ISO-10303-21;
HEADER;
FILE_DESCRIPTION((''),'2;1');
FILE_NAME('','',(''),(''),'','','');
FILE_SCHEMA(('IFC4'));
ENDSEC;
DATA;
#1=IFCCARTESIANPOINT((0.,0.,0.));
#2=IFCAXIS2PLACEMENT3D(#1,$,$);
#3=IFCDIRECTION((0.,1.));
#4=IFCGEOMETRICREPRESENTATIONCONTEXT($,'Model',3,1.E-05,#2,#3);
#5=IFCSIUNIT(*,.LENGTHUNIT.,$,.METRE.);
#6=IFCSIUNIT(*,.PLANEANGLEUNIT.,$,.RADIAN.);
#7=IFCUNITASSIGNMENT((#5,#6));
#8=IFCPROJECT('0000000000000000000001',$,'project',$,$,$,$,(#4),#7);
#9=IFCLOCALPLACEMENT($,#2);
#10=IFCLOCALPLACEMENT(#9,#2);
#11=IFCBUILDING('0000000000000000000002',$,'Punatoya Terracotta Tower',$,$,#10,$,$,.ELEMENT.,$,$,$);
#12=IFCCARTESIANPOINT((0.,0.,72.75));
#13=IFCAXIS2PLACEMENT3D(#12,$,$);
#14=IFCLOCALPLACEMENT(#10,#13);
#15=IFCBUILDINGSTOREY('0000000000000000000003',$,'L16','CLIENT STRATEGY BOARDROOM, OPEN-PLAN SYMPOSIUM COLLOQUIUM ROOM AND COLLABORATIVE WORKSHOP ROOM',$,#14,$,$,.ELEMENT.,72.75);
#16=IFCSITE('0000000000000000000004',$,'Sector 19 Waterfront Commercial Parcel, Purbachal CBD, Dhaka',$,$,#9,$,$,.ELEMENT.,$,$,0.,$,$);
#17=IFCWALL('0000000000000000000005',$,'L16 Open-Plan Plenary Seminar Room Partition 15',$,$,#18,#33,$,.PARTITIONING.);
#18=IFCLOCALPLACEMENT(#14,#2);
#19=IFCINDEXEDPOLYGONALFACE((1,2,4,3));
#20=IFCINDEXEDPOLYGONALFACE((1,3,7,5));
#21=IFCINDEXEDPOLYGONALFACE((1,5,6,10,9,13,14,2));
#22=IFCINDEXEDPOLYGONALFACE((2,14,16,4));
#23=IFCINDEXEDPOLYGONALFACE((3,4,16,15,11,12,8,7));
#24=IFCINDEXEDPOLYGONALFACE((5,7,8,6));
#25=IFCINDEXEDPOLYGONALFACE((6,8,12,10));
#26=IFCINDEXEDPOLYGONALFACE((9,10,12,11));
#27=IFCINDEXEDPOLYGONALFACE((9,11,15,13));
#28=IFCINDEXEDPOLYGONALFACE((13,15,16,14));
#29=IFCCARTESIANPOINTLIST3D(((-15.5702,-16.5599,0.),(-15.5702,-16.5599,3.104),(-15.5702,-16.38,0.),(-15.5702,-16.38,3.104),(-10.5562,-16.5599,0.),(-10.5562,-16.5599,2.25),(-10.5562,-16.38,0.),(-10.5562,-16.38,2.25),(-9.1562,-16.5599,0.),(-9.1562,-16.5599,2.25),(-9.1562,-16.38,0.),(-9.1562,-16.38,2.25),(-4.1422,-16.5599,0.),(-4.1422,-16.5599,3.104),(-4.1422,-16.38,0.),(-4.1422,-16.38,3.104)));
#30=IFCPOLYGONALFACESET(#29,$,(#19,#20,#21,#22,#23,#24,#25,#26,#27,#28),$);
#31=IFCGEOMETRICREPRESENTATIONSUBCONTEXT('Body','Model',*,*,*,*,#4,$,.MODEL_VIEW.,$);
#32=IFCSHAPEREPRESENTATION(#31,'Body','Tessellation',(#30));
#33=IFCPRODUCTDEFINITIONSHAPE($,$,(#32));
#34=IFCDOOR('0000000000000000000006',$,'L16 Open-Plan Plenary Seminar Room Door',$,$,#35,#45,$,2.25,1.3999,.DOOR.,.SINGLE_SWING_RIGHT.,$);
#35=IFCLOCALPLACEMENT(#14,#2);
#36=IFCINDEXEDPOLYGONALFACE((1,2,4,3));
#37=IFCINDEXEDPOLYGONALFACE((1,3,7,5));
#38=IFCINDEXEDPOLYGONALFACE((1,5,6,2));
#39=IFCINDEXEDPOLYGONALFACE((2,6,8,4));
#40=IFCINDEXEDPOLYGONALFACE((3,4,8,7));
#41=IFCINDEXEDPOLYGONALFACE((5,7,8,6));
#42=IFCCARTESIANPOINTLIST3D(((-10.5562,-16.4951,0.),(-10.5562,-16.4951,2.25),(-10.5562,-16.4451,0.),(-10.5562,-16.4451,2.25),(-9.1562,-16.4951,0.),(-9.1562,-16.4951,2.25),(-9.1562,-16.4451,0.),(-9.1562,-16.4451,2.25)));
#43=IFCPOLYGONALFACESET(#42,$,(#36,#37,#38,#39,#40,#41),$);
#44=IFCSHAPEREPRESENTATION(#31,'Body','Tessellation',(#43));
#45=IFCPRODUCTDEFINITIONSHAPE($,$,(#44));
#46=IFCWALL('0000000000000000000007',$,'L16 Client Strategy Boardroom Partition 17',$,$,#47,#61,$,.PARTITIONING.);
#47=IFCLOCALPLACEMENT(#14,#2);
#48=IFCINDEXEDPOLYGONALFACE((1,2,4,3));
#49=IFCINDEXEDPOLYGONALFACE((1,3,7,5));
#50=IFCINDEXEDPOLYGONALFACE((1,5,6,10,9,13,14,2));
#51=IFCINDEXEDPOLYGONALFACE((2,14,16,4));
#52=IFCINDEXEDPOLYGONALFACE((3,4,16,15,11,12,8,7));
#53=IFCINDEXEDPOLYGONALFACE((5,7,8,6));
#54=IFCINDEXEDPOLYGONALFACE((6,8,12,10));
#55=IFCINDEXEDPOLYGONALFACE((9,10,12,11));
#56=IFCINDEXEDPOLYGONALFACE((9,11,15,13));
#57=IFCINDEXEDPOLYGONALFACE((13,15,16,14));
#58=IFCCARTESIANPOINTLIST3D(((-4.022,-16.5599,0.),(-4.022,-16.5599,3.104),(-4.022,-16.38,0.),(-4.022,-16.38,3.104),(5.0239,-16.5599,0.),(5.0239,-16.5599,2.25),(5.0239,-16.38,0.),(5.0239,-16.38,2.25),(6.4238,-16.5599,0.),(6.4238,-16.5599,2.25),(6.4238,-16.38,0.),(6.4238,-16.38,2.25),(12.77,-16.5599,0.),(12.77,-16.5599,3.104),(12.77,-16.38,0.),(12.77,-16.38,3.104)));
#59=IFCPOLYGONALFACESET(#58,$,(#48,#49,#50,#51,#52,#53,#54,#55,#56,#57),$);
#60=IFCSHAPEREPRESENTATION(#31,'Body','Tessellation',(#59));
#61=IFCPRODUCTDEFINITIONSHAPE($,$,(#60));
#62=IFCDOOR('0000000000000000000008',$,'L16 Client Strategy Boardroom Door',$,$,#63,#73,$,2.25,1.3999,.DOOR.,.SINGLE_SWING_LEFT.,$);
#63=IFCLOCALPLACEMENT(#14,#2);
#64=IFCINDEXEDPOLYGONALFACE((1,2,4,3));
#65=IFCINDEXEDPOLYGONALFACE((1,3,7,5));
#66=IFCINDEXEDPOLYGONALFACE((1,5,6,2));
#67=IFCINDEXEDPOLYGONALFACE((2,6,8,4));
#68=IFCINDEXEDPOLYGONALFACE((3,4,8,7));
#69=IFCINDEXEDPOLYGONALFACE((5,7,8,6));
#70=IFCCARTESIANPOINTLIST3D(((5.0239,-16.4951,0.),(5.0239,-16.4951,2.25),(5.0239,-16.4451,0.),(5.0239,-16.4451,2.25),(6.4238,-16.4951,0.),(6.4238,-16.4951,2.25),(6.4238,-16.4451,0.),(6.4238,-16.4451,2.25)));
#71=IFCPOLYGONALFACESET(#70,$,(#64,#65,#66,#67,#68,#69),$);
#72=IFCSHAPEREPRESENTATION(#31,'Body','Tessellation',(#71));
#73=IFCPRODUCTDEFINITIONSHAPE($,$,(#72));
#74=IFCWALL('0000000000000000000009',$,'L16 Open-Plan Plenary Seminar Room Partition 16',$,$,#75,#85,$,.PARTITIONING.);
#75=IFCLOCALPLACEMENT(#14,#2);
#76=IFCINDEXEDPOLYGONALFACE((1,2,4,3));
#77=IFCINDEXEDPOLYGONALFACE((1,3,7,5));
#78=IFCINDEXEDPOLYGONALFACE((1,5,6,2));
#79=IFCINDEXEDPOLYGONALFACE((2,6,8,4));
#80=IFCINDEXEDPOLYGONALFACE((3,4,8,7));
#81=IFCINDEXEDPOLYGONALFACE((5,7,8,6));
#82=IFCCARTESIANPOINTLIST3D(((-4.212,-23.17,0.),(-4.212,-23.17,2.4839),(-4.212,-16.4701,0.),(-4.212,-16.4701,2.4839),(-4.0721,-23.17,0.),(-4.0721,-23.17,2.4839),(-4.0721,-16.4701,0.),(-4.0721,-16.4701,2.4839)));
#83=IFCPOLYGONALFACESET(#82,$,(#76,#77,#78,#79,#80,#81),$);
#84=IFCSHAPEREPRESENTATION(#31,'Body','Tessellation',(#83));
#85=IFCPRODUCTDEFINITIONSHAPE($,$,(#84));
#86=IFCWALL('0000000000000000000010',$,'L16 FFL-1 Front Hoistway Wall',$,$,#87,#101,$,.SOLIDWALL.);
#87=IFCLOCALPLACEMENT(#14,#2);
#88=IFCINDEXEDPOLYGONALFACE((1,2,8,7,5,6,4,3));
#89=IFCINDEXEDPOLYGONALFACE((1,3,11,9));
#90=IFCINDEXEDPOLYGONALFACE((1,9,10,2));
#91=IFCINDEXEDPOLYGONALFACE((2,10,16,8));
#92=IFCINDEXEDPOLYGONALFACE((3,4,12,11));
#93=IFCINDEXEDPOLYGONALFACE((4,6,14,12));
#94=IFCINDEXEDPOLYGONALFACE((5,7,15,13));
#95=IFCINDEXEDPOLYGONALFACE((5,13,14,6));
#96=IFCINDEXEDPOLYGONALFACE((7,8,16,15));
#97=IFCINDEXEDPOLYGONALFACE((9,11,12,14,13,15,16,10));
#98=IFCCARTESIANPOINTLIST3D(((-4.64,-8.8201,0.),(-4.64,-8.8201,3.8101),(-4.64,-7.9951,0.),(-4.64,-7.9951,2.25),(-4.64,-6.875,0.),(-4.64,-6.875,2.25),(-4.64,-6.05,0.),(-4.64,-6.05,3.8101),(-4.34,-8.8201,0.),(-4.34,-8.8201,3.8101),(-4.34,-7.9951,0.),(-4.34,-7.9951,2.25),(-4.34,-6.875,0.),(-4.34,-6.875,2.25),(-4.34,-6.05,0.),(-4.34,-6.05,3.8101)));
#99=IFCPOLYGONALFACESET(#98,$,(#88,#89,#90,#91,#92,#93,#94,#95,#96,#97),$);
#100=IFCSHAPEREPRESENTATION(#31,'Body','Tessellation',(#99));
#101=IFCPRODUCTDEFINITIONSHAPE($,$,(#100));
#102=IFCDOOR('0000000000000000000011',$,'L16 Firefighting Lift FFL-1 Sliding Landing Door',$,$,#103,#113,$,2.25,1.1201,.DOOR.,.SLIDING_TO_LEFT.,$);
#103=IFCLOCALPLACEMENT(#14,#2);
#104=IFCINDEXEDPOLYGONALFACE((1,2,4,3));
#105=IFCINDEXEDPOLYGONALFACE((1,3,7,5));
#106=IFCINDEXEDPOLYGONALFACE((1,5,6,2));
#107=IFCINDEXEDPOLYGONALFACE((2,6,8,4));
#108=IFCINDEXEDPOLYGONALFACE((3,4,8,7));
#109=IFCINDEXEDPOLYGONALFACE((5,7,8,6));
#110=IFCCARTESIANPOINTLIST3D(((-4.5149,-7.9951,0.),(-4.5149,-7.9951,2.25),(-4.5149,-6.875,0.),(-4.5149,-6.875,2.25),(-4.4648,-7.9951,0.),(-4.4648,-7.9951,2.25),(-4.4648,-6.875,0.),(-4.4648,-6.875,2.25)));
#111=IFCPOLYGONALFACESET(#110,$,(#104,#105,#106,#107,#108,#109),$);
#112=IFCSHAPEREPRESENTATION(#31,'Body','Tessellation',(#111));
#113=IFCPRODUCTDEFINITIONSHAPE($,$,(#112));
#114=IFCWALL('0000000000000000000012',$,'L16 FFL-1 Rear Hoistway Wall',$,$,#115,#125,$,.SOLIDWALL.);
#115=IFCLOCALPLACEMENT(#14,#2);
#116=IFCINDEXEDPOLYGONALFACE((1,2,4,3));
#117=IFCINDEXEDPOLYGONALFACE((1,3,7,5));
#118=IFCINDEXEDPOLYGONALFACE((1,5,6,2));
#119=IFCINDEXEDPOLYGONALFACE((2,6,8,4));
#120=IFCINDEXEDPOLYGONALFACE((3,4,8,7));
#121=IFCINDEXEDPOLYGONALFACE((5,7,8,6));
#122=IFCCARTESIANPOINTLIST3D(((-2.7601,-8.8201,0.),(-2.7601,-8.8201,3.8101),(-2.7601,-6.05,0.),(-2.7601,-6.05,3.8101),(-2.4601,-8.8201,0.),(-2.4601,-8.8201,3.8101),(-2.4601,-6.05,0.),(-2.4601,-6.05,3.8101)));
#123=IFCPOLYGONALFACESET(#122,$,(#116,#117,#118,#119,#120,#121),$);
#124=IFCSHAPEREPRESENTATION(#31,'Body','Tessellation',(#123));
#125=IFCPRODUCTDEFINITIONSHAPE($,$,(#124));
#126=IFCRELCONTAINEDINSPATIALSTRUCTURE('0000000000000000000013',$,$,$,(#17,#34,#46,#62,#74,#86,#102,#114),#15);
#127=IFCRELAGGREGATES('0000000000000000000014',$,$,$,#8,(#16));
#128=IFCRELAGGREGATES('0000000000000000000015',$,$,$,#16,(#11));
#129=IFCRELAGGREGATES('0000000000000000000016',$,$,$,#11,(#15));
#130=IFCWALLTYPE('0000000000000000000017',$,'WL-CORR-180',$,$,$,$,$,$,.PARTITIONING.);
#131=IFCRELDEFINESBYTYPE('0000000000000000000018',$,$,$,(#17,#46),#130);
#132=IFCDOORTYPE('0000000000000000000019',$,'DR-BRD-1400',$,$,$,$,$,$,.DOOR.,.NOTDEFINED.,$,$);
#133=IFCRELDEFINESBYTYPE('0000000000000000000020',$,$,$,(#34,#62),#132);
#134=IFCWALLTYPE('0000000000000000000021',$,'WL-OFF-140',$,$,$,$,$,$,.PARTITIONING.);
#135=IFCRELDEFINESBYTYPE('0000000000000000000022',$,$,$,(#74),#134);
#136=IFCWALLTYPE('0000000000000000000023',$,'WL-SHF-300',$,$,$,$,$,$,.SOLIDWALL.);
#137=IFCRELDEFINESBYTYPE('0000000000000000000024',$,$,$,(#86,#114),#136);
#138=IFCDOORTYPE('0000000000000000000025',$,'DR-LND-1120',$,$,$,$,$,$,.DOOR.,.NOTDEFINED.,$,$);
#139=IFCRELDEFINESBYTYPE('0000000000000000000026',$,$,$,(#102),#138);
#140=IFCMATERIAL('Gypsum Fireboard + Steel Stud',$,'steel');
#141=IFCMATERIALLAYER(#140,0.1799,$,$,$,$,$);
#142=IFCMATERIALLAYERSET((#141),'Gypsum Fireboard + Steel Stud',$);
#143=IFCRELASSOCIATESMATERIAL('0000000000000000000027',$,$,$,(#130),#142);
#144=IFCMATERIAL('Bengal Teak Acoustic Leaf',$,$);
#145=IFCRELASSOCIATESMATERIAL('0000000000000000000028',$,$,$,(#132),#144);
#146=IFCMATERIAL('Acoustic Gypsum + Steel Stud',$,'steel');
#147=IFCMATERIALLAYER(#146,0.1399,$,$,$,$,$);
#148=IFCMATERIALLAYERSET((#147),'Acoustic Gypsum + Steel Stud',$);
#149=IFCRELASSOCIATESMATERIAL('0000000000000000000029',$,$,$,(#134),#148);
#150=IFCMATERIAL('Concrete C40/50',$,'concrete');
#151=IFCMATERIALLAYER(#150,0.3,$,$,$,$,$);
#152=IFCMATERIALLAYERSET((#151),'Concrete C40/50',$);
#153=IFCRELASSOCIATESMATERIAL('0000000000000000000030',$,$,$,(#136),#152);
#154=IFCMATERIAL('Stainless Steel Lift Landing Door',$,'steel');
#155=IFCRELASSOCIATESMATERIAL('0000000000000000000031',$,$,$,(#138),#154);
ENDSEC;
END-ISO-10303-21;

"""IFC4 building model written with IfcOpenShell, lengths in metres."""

from ifc_helpers import new_model, si_unit, direction, frame, frame_2d, origin, place, context, subcontext, project, spatial, rectangle, extrude, material, layer, layer_set, type_object, element, fill, save


model = new_model("IFC4")

# Units and contexts
model_context = context("Model", 3, precision=1e-05, world=origin(), true_north=direction((0.0, 1.0)))
body_context = subcontext(model_context, "Body", "Model", "MODEL_VIEW")
ifc_project = project(units=[si_unit("LENGTHUNIT", "METRE"), si_unit("PLANEANGLEUNIT", "RADIAN")], contexts=[model_context])

# Site, building, storey
site_placement = place(None, origin())
site = spatial("IfcSite", under=ifc_project, at=site_placement, Name="Sector 19 Waterfront Commercial Parcel, Purbachal CBD, Dhaka", CompositionType="ELEMENT", RefElevation=0.0)
building_placement = place(site_placement, origin())
building = spatial("IfcBuilding", under=site, at=building_placement, Name="Punatoya Terracotta Tower", CompositionType="ELEMENT")
storey_placement = place(building_placement, frame((0.0, 0.0, 72.75)))
storey = spatial("IfcBuildingStorey", under=building, at=storey_placement, Name="L16", Description="CLIENT STRATEGY BOARDROOM, OPEN-PLAN SYMPOSIUM COLLOQUIUM ROOM AND COLLABORATIVE WORKSHOP ROOM", CompositionType="ELEMENT", Elevation=72.75)

# Walls, openings, doors
ifc_material_1 = material(Name="Gypsum Fireboard + Steel Stud", Category="steel")
ifc_layer_1 = layer(ifc_material_1, 0.1799)
ifc_layer_set_1 = layer_set([ifc_layer_1], Name="Gypsum Fireboard + Steel Stud")
wall_type_1 = type_object("IfcWallType", Name="WL-CORR-180", PredefinedType="PARTITIONING", material=ifc_layer_set_1)
wall_1_placement = place(storey_placement, frame((-15.5701, -16.47, 0.0), z_axis=(0.0, 0.0, 1.0), x_axis=(1.0, 0.0, 0.0)))
wall_1 = element("IfcWall", 1, at=wall_1_placement, inside=storey, type_object=wall_type_1, Name="L16 Open-Plan Plenary Seminar Room Partition 15", PredefinedType="PARTITIONING", context=body_context, shape_type="SweptSolid", body=[
    extrude(rectangle(XDim=11.428, YDim=0.1799, at=frame_2d((5.7139, 0.0))), origin(), (0.0, 0.0, 1.0), 3.104),
])
opening_1_placement = place(wall_1_placement, frame((5.0139, 0.0, 0.0)))
opening_1 = element("IfcOpeningElement", 2, at=opening_1_placement, cuts=wall_1, PredefinedType="OPENING", context=body_context, shape_type="SweptSolid", body=[
    extrude(rectangle(XDim=1.3999, YDim=2.25, at=frame_2d((0.7, 1.125))), frame((0.0, 0.0999, 0.0), z_axis=(0.0, -1.0, 0.0), x_axis=(1.0, 0.0, 0.0)), (0.0, 0.0, 1.0), 0.2),
])
ifc_material_2 = material(Name="Bengal Teak Acoustic Leaf")
door_type_1 = type_object("IfcDoorType", Name="DR-BRD-1400", OperationType="NOTDEFINED", PredefinedType="DOOR", material=ifc_material_2)
door_1_placement = place(opening_1_placement, origin())
door_1 = element("IfcDoor", 3, at=door_1_placement, inside=storey, type_object=door_type_1, Name="L16 Open-Plan Plenary Seminar Room Door", OperationType="SINGLE_SWING_RIGHT", OverallHeight=2.25, OverallWidth=1.3999, PredefinedType="DOOR", context=body_context, shape_type="SweptSolid", body=[
    extrude(rectangle(XDim=1.3999, YDim=2.25, at=frame_2d((0.7, 1.125))), frame((0.0, 0.0249, 0.0), z_axis=(0.0, -1.0, 0.0), x_axis=(1.0, 0.0, 0.0)), (0.0, 0.0, 1.0), 0.05),
])
fill(opening_1, door_1)
wall_2_placement = place(storey_placement, frame((-4.022, -16.47, 0.0), z_axis=(0.0, 0.0, 1.0), x_axis=(1.0, 0.0, 0.0)))
wall_2 = element("IfcWall", 4, at=wall_2_placement, inside=storey, type_object=wall_type_1, Name="L16 Client Strategy Boardroom Partition 17", PredefinedType="PARTITIONING", context=body_context, shape_type="SweptSolid", body=[
    extrude(rectangle(XDim=16.792, YDim=0.1799, at=frame_2d((8.396, 0.0))), origin(), (0.0, 0.0, 1.0), 3.104),
])
opening_2_placement = place(wall_2_placement, frame((9.0459, 0.0, 0.0)))
opening_2 = element("IfcOpeningElement", 5, at=opening_2_placement, cuts=wall_2, PredefinedType="OPENING", context=body_context, shape_type="SweptSolid", body=[
    extrude(rectangle(XDim=1.3999, YDim=2.25, at=frame_2d((0.7, 1.125))), frame((0.0, 0.0999, 0.0), z_axis=(0.0, -1.0, 0.0), x_axis=(1.0, 0.0, 0.0)), (0.0, 0.0, 1.0), 0.2),
])
door_2_placement = place(opening_2_placement, origin())
door_2 = element("IfcDoor", 6, at=door_2_placement, inside=storey, type_object=door_type_1, Name="L16 Client Strategy Boardroom Door", OperationType="SINGLE_SWING_LEFT", OverallHeight=2.25, OverallWidth=1.3999, PredefinedType="DOOR", context=body_context, shape_type="SweptSolid", body=[
    extrude(rectangle(XDim=1.3999, YDim=2.25, at=frame_2d((0.7, 1.125))), frame((0.0, 0.0249, 0.0), z_axis=(0.0, -1.0, 0.0), x_axis=(1.0, 0.0, 0.0)), (0.0, 0.0, 1.0), 0.05),
])
fill(opening_2, door_2)

# Wall
ifc_material_3 = material(Name="Acoustic Gypsum + Steel Stud", Category="steel")
ifc_layer_2 = layer(ifc_material_3, 0.1399)
ifc_layer_set_2 = layer_set([ifc_layer_2], Name="Acoustic Gypsum + Steel Stud")
wall_type_2 = type_object("IfcWallType", Name="WL-OFF-140", PredefinedType="PARTITIONING", material=ifc_layer_set_2)
wall_3_placement = place(storey_placement, frame((-4.1421, -16.47, 0.0), z_axis=(0.0, 0.0, 1.0), x_axis=(0.0, -1.0, 0.0)))
element("IfcWall", 7, at=wall_3_placement, inside=storey, type_object=wall_type_2, Name="L16 Open-Plan Plenary Seminar Room Partition 16", PredefinedType="PARTITIONING", context=body_context, shape_type="SweptSolid", body=[
    extrude(rectangle(XDim=6.7, YDim=0.1399, at=frame_2d((3.3501, 0.0))), origin(), (0.0, 0.0, 1.0), 2.4839),
])

# Wall, opening, door
ifc_material_4 = material(Name="Concrete C40/50", Category="concrete")
ifc_layer_3 = layer(ifc_material_4, 0.3)
ifc_layer_set_3 = layer_set([ifc_layer_3], Name="Concrete C40/50")
wall_type_3 = type_object("IfcWallType", Name="WL-SHF-300", PredefinedType="SOLIDWALL", material=ifc_layer_set_3)
wall_4_placement = place(storey_placement, frame((-4.49, -8.8201, 0.0), z_axis=(0.0, 0.0, 1.0), x_axis=(0.0, 1.0, 0.0)))
wall_4 = element("IfcWall", 8, at=wall_4_placement, inside=storey, type_object=wall_type_3, Name="L16 FFL-1 Front Hoistway Wall", PredefinedType="SOLIDWALL", context=body_context, shape_type="SweptSolid", body=[
    extrude(rectangle(XDim=2.77, YDim=0.3, at=frame_2d((1.385, 0.0))), origin(), (0.0, 0.0, 1.0), 3.8101),
])
opening_3_placement = place(wall_4_placement, frame((0.825, 0.0, 0.0)))
opening_3 = element("IfcOpeningElement", 9, at=opening_3_placement, cuts=wall_4, PredefinedType="OPENING", context=body_context, shape_type="SweptSolid", body=[
    extrude(rectangle(XDim=1.1201, YDim=2.25, at=frame_2d((0.5601, 1.125))), frame((0.0, 0.1599, 0.0), z_axis=(0.0, -1.0, 0.0), x_axis=(1.0, 0.0, 0.0)), (0.0, 0.0, 1.0), 0.3201),
])
ifc_material_5 = material(Name="Stainless Steel Lift Landing Door", Category="steel")
door_type_2 = type_object("IfcDoorType", Name="DR-LND-1120", OperationType="NOTDEFINED", PredefinedType="DOOR", material=ifc_material_5)
door_3_placement = place(opening_3_placement, origin())
door_3 = element("IfcDoor", 10, at=door_3_placement, inside=storey, type_object=door_type_2, Name="L16 Firefighting Lift FFL-1 Sliding Landing Door", OperationType="SLIDING_TO_LEFT", OverallHeight=2.25, OverallWidth=1.1201, PredefinedType="DOOR", context=body_context, shape_type="SweptSolid", body=[
    extrude(rectangle(XDim=1.1201, YDim=2.25, at=frame_2d((0.5601, 1.125))), frame((0.0, 0.0249, 0.0), z_axis=(0.0, -1.0, 0.0), x_axis=(1.0, 0.0, 0.0)), (0.0, 0.0, 1.0), 0.05),
])
fill(opening_3, door_3)

# Wall
wall_5_placement = place(storey_placement, frame((-2.6101, -8.8201, 0.0), z_axis=(0.0, 0.0, 1.0), x_axis=(0.0, 1.0, 0.0)))
element("IfcWall", 11, at=wall_5_placement, inside=storey, type_object=wall_type_3, Name="L16 FFL-1 Rear Hoistway Wall", PredefinedType="SOLIDWALL", context=body_context, shape_type="SweptSolid", body=[
    extrude(rectangle(XDim=2.77, YDim=0.3, at=frame_2d((1.385, 0.0))), origin(), (0.0, 0.0, 1.0), 3.8101),
])

save(model, "model.ifc")
